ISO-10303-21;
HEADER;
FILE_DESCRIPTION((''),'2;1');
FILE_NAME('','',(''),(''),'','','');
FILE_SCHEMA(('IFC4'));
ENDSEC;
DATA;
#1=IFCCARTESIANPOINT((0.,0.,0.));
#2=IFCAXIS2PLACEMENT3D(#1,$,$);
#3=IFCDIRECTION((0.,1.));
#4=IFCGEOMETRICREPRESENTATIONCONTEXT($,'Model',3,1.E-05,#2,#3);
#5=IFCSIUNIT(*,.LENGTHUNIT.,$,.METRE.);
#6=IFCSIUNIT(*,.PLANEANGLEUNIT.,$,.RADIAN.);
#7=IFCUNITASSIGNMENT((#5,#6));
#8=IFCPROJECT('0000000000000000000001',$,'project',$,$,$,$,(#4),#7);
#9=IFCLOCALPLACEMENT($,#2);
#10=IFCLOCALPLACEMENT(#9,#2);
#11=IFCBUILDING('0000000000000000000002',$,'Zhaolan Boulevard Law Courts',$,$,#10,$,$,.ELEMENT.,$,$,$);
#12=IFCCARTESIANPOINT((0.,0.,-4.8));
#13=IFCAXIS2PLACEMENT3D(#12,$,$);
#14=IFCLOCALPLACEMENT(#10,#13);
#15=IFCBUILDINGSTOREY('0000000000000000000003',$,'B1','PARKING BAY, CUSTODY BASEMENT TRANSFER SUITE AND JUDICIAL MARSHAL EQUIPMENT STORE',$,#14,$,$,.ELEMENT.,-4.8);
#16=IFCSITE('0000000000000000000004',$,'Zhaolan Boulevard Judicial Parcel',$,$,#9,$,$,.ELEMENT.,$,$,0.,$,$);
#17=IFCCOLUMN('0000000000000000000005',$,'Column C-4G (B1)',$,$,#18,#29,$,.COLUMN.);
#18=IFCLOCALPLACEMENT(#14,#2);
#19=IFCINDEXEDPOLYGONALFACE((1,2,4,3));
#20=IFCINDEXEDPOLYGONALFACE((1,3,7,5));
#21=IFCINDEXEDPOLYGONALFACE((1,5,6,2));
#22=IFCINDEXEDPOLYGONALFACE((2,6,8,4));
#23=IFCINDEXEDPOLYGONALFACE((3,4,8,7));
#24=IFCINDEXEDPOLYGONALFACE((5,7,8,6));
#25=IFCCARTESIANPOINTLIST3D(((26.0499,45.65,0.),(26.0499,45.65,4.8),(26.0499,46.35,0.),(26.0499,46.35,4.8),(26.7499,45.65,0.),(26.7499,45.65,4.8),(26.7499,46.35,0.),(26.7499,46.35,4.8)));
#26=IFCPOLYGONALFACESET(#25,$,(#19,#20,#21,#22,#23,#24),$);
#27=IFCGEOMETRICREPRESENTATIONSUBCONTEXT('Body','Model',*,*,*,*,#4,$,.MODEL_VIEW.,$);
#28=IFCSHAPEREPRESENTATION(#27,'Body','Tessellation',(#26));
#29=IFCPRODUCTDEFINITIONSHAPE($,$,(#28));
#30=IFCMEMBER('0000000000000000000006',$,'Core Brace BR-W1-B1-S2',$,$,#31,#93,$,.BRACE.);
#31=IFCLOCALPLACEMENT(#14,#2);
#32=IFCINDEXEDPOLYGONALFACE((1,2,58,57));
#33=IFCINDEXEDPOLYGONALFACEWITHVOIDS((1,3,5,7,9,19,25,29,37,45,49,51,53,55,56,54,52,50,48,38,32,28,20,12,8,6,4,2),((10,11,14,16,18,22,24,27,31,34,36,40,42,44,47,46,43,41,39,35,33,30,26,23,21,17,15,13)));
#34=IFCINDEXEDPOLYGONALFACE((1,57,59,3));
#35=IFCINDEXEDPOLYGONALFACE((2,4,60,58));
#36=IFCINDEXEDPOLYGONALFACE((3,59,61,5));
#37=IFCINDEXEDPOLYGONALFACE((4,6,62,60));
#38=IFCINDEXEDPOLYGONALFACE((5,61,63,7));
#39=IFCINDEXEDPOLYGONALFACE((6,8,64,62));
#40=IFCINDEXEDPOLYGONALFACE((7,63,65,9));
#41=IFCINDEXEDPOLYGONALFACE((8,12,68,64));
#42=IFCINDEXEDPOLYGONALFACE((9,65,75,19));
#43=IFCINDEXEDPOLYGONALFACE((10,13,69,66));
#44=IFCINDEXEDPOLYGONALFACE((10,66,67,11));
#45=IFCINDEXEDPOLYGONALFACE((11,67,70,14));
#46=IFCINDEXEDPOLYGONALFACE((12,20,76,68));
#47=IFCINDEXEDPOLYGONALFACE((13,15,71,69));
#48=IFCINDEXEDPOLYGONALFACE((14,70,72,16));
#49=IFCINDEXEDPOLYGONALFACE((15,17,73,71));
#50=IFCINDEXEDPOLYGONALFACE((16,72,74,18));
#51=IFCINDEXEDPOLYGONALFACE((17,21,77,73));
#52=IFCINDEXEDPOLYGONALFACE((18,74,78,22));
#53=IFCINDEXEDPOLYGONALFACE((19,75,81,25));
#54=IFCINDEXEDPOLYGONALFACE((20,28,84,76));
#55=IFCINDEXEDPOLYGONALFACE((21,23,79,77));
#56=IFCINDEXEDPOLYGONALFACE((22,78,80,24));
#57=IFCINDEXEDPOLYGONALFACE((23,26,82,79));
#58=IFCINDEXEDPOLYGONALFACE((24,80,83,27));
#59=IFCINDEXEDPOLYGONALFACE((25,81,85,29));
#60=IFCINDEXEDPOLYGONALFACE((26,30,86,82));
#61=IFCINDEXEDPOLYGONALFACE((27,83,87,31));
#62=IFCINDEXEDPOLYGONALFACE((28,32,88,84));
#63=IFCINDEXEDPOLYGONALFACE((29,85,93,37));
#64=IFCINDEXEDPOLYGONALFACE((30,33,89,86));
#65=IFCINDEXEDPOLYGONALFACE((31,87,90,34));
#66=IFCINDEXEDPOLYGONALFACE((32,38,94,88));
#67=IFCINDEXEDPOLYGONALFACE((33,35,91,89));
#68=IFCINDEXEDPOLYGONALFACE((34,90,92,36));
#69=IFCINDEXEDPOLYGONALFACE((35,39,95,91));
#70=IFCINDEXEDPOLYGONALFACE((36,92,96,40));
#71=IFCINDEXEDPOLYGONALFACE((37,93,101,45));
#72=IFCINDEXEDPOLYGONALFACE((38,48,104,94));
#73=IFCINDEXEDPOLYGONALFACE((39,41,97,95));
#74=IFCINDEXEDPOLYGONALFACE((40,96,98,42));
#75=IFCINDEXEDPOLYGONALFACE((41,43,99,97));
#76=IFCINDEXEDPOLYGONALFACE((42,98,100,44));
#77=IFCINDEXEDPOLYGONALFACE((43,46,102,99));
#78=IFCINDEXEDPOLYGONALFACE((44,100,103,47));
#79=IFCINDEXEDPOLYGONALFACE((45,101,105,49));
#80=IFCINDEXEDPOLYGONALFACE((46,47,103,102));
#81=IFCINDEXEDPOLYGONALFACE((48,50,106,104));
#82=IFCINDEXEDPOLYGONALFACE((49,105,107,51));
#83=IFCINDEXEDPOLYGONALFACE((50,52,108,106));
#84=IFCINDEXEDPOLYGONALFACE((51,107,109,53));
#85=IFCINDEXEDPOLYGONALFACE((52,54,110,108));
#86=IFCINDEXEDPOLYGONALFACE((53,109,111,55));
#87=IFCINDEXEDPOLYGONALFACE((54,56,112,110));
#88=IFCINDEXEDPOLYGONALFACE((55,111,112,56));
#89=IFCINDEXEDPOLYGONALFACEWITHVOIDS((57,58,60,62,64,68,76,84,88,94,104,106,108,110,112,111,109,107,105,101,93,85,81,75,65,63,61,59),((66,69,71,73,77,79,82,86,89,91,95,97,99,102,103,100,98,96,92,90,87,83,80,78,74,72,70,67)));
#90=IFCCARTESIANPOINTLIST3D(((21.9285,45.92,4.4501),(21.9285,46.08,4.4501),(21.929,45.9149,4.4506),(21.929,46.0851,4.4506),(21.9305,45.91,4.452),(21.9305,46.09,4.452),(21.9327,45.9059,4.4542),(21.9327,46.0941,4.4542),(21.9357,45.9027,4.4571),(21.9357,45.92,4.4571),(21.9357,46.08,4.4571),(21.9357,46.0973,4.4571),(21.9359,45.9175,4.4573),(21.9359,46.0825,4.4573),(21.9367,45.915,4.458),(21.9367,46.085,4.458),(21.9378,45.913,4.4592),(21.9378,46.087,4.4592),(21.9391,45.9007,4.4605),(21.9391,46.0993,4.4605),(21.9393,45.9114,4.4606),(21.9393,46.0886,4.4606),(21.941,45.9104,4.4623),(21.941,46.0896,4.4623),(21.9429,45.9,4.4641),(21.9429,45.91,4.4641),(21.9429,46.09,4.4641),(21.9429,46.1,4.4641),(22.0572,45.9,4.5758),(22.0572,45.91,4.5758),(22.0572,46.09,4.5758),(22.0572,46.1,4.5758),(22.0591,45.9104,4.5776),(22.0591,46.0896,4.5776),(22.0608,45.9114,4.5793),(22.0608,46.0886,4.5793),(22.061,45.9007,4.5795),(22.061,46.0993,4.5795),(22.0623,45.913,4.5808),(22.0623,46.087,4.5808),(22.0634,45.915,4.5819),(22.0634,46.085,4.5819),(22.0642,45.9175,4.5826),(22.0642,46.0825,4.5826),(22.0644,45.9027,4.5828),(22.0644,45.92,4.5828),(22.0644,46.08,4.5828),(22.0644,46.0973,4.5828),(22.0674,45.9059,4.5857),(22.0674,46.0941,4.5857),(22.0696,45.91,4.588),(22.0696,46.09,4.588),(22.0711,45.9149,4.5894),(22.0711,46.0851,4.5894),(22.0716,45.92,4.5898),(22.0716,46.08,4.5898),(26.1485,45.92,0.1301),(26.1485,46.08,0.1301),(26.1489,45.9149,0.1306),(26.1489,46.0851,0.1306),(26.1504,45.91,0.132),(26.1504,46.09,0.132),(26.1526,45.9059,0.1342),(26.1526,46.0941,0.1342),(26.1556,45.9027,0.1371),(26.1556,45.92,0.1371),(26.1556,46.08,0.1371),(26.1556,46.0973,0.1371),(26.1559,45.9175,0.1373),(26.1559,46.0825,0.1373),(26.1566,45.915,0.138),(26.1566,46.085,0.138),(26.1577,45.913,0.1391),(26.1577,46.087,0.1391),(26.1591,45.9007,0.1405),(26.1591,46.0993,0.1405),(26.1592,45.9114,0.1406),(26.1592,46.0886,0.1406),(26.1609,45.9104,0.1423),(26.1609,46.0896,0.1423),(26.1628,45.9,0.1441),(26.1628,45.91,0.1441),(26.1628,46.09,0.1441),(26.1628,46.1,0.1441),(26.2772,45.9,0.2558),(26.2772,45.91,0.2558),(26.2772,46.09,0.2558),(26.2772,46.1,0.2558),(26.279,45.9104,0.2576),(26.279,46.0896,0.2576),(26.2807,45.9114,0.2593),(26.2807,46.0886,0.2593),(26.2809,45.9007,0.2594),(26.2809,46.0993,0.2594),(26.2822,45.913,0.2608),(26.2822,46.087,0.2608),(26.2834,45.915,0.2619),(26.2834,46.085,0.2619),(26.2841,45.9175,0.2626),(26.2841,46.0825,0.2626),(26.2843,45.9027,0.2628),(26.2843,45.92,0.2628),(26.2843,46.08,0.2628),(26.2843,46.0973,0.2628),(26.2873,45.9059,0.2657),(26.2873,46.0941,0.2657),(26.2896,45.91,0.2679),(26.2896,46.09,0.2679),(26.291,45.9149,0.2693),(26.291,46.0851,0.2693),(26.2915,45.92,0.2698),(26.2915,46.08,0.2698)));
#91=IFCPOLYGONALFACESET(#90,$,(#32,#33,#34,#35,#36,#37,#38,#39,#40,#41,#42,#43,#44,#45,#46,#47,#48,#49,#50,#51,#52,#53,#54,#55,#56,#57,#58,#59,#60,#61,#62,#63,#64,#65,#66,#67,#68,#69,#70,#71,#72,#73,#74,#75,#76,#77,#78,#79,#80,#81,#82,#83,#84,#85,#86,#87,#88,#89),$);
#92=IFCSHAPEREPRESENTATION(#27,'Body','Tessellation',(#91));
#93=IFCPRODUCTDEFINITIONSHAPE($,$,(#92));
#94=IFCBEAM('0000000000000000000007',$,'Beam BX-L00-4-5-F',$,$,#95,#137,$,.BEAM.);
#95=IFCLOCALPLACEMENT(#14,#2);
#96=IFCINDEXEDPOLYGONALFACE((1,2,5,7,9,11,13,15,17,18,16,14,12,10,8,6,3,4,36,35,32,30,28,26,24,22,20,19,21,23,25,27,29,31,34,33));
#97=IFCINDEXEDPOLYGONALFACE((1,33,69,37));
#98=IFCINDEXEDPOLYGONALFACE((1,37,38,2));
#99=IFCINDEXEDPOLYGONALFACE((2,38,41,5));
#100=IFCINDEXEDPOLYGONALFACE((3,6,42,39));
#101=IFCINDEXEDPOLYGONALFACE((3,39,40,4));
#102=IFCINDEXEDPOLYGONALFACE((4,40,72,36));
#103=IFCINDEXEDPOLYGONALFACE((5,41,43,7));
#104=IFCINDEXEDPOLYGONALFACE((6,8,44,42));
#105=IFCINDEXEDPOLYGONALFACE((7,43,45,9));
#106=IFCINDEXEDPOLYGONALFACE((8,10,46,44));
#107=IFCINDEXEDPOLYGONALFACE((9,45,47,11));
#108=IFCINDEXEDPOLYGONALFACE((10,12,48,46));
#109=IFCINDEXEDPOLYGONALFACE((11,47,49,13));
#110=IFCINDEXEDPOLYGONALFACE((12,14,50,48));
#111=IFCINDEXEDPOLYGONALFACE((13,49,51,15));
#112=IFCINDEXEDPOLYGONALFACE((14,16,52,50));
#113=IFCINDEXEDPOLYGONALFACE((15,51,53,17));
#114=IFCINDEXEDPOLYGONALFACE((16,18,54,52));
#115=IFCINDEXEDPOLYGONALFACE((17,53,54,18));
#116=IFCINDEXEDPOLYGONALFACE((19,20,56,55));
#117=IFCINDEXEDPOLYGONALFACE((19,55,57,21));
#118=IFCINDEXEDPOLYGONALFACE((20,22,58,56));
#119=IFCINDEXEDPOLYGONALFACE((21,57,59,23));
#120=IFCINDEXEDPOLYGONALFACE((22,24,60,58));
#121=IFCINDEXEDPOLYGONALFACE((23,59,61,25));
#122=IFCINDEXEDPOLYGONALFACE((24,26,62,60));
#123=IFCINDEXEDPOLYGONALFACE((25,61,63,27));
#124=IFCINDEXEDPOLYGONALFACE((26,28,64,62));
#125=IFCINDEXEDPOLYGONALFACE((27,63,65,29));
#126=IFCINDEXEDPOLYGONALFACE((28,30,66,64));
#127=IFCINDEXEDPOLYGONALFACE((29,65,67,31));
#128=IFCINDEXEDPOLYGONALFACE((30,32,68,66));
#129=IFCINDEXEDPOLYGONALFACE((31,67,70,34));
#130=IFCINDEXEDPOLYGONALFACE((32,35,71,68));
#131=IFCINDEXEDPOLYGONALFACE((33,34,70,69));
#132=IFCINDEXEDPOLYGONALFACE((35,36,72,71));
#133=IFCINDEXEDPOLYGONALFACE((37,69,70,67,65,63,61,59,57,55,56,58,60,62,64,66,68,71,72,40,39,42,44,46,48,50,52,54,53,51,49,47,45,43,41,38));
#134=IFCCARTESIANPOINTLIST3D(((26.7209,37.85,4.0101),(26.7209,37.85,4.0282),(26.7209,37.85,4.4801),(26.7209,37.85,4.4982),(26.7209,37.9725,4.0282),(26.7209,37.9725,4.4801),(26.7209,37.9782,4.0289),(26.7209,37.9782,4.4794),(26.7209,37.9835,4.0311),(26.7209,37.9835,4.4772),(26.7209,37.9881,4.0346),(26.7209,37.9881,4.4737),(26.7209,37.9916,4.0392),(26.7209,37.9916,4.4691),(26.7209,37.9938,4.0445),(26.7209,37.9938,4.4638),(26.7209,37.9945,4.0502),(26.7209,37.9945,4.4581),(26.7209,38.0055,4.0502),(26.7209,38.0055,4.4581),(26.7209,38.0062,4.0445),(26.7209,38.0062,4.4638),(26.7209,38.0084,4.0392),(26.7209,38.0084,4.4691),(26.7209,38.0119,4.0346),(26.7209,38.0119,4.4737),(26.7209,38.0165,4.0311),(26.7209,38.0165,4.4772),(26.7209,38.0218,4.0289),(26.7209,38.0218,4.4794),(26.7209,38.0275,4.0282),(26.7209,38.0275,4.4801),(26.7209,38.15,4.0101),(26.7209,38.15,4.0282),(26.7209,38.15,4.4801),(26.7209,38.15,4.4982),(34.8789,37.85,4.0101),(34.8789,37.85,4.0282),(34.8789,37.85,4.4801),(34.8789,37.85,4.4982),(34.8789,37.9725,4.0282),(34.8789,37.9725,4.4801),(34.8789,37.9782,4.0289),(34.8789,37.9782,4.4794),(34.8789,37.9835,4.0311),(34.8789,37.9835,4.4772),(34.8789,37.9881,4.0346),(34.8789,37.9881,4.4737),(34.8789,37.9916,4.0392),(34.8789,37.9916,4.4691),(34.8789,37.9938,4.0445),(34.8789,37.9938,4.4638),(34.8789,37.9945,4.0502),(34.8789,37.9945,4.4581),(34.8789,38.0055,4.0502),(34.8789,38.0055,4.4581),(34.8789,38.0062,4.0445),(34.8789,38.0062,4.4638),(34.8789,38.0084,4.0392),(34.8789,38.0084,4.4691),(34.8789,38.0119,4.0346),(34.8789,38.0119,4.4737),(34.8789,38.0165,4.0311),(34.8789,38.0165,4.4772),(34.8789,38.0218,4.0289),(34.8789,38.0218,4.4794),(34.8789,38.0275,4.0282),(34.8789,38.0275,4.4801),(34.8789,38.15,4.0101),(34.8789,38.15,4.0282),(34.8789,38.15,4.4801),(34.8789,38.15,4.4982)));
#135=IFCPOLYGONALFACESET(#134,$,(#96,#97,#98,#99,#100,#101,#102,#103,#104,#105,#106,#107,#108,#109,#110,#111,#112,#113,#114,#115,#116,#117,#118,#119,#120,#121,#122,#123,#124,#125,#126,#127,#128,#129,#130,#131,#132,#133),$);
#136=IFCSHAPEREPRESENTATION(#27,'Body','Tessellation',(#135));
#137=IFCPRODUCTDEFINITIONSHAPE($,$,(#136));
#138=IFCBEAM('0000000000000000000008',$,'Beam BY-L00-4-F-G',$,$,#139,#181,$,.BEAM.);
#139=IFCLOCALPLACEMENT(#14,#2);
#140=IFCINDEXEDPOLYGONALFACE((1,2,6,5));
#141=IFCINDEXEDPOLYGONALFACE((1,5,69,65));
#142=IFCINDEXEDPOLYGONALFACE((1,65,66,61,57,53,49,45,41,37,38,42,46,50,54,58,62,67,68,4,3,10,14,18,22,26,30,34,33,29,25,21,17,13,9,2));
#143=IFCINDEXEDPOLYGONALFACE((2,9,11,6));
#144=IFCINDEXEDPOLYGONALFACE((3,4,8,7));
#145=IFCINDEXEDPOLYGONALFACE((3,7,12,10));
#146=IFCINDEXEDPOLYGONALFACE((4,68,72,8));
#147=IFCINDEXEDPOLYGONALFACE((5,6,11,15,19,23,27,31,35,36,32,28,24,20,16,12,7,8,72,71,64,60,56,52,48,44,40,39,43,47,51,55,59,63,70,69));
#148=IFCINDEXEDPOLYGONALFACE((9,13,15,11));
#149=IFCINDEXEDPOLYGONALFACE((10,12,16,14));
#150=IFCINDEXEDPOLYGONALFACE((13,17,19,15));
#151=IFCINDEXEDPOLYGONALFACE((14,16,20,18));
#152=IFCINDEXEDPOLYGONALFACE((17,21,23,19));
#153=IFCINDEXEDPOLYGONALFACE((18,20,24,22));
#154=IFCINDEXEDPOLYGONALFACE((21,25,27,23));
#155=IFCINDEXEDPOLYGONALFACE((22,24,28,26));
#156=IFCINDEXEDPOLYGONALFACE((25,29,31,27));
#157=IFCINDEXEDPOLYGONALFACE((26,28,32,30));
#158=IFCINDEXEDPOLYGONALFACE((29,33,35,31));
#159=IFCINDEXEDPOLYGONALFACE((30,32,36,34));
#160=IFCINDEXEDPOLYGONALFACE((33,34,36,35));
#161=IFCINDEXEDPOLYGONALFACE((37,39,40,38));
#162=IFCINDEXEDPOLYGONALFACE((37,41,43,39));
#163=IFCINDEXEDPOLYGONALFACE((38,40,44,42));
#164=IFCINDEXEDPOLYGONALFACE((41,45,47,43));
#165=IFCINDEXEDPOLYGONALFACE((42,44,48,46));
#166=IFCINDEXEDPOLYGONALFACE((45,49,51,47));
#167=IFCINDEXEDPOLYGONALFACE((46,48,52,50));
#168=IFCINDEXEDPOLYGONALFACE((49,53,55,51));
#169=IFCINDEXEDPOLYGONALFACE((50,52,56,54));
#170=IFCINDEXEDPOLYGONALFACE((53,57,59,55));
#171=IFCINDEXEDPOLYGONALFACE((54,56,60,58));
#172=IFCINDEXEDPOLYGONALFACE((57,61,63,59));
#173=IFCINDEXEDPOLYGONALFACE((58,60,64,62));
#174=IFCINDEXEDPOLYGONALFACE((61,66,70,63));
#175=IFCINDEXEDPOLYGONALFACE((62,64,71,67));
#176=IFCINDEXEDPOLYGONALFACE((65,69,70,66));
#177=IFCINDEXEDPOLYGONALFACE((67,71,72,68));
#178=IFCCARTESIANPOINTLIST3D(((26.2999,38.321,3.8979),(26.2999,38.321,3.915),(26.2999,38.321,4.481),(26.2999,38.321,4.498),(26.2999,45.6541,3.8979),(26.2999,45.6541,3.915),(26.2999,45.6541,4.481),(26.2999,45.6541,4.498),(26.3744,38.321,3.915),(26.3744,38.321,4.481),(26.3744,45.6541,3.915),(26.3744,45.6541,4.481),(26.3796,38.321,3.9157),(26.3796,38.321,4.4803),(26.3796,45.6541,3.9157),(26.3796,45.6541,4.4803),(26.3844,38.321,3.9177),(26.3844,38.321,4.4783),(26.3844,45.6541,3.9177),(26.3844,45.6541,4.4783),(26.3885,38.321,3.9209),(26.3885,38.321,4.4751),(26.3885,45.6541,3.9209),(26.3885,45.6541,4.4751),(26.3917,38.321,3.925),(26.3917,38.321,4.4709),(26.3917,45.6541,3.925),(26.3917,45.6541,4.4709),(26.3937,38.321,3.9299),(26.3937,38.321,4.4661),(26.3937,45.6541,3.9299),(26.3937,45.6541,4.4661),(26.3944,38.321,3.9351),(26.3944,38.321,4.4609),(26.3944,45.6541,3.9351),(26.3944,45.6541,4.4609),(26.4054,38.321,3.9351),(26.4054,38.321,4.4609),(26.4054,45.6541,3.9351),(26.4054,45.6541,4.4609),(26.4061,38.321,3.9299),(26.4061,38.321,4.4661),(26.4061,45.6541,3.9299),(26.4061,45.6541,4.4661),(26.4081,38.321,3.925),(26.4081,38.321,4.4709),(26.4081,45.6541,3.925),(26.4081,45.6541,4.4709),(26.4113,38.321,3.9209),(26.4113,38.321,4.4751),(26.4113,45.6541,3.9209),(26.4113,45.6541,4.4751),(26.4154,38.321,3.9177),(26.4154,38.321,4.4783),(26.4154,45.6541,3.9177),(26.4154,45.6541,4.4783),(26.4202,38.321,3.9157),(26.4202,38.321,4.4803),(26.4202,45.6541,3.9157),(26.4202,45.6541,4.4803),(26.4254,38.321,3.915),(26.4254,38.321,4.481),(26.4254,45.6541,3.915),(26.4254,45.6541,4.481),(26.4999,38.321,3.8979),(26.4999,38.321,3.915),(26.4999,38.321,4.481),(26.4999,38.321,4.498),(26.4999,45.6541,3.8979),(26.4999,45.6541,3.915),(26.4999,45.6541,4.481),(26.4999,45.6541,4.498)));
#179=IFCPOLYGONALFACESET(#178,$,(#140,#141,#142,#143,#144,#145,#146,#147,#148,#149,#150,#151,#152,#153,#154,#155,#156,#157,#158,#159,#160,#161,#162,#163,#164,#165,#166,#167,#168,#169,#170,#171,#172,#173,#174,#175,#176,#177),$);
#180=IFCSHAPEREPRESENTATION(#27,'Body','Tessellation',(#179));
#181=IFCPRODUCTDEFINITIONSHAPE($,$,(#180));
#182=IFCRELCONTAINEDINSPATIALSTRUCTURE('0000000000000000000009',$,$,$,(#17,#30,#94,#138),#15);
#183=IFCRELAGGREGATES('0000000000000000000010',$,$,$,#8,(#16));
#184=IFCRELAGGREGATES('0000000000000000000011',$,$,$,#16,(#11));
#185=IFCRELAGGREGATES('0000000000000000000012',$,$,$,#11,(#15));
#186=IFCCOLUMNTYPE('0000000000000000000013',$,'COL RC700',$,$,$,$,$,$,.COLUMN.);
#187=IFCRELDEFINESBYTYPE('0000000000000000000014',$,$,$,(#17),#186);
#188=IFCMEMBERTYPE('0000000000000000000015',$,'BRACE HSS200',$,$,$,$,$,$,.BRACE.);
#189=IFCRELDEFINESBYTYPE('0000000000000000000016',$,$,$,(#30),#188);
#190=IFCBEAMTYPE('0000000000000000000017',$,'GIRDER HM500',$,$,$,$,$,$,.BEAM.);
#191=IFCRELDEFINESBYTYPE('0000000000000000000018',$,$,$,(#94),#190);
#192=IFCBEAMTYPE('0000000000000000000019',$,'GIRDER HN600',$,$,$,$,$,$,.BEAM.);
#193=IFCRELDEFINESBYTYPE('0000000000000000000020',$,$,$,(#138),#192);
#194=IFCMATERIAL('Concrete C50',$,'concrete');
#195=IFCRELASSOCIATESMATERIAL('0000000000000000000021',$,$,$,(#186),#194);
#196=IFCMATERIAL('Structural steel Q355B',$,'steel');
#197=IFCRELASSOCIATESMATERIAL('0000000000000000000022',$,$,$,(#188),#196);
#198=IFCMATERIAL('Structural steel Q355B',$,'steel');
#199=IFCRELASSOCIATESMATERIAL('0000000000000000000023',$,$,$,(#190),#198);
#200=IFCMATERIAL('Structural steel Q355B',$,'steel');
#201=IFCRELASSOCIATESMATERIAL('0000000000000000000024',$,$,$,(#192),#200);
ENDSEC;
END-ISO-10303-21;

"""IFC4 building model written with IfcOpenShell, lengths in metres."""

from ifc_helpers import new_model, si_unit, direction, frame, origin, origin_2d, place, context, subcontext, project, spatial, rectangle, hollow_rectangle, i_section, extrude, material, material_profile, profile_set, type_object, element, save


model = new_model("IFC4")

# Units and contexts
model_context = context("Model", 3, precision=1e-05, world=origin(), true_north=direction((0.0, 1.0)))
body_context = subcontext(model_context, "Body", "Model", "MODEL_VIEW")
ifc_project = project(units=[si_unit("LENGTHUNIT", "METRE"), si_unit("PLANEANGLEUNIT", "RADIAN")], contexts=[model_context])

# Site, building, storey
site_placement = place(None, origin())
site = spatial("IfcSite", under=ifc_project, at=site_placement, Name="Zhaolan Boulevard Judicial Parcel", CompositionType="ELEMENT", RefElevation=0.0)
building_placement = place(site_placement, origin())
building = spatial("IfcBuilding", under=site, at=building_placement, Name="Zhaolan Boulevard Law Courts", CompositionType="ELEMENT")
storey_placement = place(building_placement, frame((0.0, 0.0, -4.8)))
storey = spatial("IfcBuildingStorey", under=building, at=storey_placement, Name="B1", Description="PARKING BAY, CUSTODY BASEMENT TRANSFER SUITE AND JUDICIAL MARSHAL EQUIPMENT STORE", CompositionType="ELEMENT", Elevation=-4.8)

# Column
ifc_material_1 = material(Name="Concrete C50", Category="concrete")
ifc_material_profile_1 = material_profile(ifc_material_1, rectangle(XDim=0.7, YDim=0.7, at=origin_2d()), Name="RC700x700")
ifc_profile_set_1 = profile_set([ifc_material_profile_1], Name="Concrete C50")
column_type_1 = type_object("IfcColumnType", Name="COL RC700", PredefinedType="COLUMN", material=ifc_profile_set_1)
column_1_placement = place(storey_placement, frame((26.3999, 46.0, 0.0), z_axis=(0.0, 0.0, 1.0), x_axis=(1.0, 0.0, 0.0)))
element("IfcColumn", 1, at=column_1_placement, inside=storey, type_object=column_type_1, Name="Column C-4G (B1)", PredefinedType="COLUMN", context=body_context, shape_type="SweptSolid", body=[
    extrude(rectangle(XDim=0.7, YDim=0.7, at=origin_2d()), origin(), (0.0, 0.0, 1.0), 4.8),
])

# Member
ifc_material_2 = material(Name="Structural steel Q355B", Category="steel")
ifc_material_profile_2 = material_profile(ifc_material_2, hollow_rectangle(XDim=0.2, YDim=0.2, WallThickness=0.01, InnerFilletRadius=0.01, OuterFilletRadius=0.02, at=origin_2d()), Name="HSS200x200x10")
ifc_profile_set_2 = profile_set([ifc_material_profile_2], Name="Structural steel Q355B")
member_type = type_object("IfcMemberType", Name="BRACE HSS200", PredefinedType="BRACE", material=ifc_profile_set_2)
member_placement = place(storey_placement, frame((26.22, 46.0, 0.2), z_axis=(-0.698771, 0.0, 0.715346), x_axis=(0.0, -1.0, 0.0)))
element("IfcMember", 2, at=member_placement, inside=storey, type_object=member_type, Name="Core Brace BR-W1-B1-S2", PredefinedType="BRACE", context=body_context, shape_type="SweptSolid", body=[
    extrude(hollow_rectangle(XDim=0.2, YDim=0.2, WallThickness=0.01, InnerFilletRadius=0.01, OuterFilletRadius=0.02, at=origin_2d()), origin(), (0.0, 0.0, 1.0), 6.0391),
])

# Beams
ifc_material_3 = material(Name="Structural steel Q355B", Category="steel")
ifc_material_profile_3 = material_profile(ifc_material_3, i_section(OverallWidth=0.3, OverallDepth=0.488, WebThickness=0.011, FlangeThickness=0.0181, FilletRadius=0.022, at=origin_2d()), Name="HM488x300")
ifc_profile_set_3 = profile_set([ifc_material_profile_3], Name="Structural steel Q355B")
beam_type_1 = type_object("IfcBeamType", Name="GIRDER HM500", PredefinedType="BEAM", material=ifc_profile_set_3)
beam_1_placement = place(storey_placement, frame((26.7209, 38.0, 4.2542), z_axis=(1.0, 0.0, 0.0), x_axis=(0.0, 1.0, 0.0)))
element("IfcBeam", 3, at=beam_1_placement, inside=storey, type_object=beam_type_1, Name="Beam BX-L00-4-5-F", PredefinedType="BEAM", context=body_context, shape_type="SweptSolid", body=[
    extrude(i_section(OverallWidth=0.3, OverallDepth=0.488, WebThickness=0.011, FlangeThickness=0.0181, FilletRadius=0.022, at=origin_2d()), origin(), (0.0, 0.0, 1.0), 8.158),
])
ifc_material_4 = material(Name="Structural steel Q355B", Category="steel")
ifc_material_profile_4 = material_profile(ifc_material_4, i_section(OverallWidth=0.2, OverallDepth=0.6001, WebThickness=0.011, FlangeThickness=0.0171, FilletRadius=0.02, at=origin_2d()), Name="HN600x200")
ifc_profile_set_4 = profile_set([ifc_material_profile_4], Name="Structural steel Q355B")
beam_type_2 = type_object("IfcBeamType", Name="GIRDER HN600", PredefinedType="BEAM", material=ifc_profile_set_4)
beam_2_placement = place(storey_placement, frame((26.3999, 38.321, 4.198), z_axis=(0.0, 1.0, 0.0), x_axis=(-1.0, 0.0, 0.0)))
element("IfcBeam", 4, at=beam_2_placement, inside=storey, type_object=beam_type_2, Name="Beam BY-L00-4-F-G", PredefinedType="BEAM", context=body_context, shape_type="SweptSolid", body=[
    extrude(i_section(OverallWidth=0.2, OverallDepth=0.6001, WebThickness=0.011, FlangeThickness=0.0171, FilletRadius=0.02, at=origin_2d()), origin(), (0.0, 0.0, 1.0), 7.333),
])

save(model, "model.ifc")
